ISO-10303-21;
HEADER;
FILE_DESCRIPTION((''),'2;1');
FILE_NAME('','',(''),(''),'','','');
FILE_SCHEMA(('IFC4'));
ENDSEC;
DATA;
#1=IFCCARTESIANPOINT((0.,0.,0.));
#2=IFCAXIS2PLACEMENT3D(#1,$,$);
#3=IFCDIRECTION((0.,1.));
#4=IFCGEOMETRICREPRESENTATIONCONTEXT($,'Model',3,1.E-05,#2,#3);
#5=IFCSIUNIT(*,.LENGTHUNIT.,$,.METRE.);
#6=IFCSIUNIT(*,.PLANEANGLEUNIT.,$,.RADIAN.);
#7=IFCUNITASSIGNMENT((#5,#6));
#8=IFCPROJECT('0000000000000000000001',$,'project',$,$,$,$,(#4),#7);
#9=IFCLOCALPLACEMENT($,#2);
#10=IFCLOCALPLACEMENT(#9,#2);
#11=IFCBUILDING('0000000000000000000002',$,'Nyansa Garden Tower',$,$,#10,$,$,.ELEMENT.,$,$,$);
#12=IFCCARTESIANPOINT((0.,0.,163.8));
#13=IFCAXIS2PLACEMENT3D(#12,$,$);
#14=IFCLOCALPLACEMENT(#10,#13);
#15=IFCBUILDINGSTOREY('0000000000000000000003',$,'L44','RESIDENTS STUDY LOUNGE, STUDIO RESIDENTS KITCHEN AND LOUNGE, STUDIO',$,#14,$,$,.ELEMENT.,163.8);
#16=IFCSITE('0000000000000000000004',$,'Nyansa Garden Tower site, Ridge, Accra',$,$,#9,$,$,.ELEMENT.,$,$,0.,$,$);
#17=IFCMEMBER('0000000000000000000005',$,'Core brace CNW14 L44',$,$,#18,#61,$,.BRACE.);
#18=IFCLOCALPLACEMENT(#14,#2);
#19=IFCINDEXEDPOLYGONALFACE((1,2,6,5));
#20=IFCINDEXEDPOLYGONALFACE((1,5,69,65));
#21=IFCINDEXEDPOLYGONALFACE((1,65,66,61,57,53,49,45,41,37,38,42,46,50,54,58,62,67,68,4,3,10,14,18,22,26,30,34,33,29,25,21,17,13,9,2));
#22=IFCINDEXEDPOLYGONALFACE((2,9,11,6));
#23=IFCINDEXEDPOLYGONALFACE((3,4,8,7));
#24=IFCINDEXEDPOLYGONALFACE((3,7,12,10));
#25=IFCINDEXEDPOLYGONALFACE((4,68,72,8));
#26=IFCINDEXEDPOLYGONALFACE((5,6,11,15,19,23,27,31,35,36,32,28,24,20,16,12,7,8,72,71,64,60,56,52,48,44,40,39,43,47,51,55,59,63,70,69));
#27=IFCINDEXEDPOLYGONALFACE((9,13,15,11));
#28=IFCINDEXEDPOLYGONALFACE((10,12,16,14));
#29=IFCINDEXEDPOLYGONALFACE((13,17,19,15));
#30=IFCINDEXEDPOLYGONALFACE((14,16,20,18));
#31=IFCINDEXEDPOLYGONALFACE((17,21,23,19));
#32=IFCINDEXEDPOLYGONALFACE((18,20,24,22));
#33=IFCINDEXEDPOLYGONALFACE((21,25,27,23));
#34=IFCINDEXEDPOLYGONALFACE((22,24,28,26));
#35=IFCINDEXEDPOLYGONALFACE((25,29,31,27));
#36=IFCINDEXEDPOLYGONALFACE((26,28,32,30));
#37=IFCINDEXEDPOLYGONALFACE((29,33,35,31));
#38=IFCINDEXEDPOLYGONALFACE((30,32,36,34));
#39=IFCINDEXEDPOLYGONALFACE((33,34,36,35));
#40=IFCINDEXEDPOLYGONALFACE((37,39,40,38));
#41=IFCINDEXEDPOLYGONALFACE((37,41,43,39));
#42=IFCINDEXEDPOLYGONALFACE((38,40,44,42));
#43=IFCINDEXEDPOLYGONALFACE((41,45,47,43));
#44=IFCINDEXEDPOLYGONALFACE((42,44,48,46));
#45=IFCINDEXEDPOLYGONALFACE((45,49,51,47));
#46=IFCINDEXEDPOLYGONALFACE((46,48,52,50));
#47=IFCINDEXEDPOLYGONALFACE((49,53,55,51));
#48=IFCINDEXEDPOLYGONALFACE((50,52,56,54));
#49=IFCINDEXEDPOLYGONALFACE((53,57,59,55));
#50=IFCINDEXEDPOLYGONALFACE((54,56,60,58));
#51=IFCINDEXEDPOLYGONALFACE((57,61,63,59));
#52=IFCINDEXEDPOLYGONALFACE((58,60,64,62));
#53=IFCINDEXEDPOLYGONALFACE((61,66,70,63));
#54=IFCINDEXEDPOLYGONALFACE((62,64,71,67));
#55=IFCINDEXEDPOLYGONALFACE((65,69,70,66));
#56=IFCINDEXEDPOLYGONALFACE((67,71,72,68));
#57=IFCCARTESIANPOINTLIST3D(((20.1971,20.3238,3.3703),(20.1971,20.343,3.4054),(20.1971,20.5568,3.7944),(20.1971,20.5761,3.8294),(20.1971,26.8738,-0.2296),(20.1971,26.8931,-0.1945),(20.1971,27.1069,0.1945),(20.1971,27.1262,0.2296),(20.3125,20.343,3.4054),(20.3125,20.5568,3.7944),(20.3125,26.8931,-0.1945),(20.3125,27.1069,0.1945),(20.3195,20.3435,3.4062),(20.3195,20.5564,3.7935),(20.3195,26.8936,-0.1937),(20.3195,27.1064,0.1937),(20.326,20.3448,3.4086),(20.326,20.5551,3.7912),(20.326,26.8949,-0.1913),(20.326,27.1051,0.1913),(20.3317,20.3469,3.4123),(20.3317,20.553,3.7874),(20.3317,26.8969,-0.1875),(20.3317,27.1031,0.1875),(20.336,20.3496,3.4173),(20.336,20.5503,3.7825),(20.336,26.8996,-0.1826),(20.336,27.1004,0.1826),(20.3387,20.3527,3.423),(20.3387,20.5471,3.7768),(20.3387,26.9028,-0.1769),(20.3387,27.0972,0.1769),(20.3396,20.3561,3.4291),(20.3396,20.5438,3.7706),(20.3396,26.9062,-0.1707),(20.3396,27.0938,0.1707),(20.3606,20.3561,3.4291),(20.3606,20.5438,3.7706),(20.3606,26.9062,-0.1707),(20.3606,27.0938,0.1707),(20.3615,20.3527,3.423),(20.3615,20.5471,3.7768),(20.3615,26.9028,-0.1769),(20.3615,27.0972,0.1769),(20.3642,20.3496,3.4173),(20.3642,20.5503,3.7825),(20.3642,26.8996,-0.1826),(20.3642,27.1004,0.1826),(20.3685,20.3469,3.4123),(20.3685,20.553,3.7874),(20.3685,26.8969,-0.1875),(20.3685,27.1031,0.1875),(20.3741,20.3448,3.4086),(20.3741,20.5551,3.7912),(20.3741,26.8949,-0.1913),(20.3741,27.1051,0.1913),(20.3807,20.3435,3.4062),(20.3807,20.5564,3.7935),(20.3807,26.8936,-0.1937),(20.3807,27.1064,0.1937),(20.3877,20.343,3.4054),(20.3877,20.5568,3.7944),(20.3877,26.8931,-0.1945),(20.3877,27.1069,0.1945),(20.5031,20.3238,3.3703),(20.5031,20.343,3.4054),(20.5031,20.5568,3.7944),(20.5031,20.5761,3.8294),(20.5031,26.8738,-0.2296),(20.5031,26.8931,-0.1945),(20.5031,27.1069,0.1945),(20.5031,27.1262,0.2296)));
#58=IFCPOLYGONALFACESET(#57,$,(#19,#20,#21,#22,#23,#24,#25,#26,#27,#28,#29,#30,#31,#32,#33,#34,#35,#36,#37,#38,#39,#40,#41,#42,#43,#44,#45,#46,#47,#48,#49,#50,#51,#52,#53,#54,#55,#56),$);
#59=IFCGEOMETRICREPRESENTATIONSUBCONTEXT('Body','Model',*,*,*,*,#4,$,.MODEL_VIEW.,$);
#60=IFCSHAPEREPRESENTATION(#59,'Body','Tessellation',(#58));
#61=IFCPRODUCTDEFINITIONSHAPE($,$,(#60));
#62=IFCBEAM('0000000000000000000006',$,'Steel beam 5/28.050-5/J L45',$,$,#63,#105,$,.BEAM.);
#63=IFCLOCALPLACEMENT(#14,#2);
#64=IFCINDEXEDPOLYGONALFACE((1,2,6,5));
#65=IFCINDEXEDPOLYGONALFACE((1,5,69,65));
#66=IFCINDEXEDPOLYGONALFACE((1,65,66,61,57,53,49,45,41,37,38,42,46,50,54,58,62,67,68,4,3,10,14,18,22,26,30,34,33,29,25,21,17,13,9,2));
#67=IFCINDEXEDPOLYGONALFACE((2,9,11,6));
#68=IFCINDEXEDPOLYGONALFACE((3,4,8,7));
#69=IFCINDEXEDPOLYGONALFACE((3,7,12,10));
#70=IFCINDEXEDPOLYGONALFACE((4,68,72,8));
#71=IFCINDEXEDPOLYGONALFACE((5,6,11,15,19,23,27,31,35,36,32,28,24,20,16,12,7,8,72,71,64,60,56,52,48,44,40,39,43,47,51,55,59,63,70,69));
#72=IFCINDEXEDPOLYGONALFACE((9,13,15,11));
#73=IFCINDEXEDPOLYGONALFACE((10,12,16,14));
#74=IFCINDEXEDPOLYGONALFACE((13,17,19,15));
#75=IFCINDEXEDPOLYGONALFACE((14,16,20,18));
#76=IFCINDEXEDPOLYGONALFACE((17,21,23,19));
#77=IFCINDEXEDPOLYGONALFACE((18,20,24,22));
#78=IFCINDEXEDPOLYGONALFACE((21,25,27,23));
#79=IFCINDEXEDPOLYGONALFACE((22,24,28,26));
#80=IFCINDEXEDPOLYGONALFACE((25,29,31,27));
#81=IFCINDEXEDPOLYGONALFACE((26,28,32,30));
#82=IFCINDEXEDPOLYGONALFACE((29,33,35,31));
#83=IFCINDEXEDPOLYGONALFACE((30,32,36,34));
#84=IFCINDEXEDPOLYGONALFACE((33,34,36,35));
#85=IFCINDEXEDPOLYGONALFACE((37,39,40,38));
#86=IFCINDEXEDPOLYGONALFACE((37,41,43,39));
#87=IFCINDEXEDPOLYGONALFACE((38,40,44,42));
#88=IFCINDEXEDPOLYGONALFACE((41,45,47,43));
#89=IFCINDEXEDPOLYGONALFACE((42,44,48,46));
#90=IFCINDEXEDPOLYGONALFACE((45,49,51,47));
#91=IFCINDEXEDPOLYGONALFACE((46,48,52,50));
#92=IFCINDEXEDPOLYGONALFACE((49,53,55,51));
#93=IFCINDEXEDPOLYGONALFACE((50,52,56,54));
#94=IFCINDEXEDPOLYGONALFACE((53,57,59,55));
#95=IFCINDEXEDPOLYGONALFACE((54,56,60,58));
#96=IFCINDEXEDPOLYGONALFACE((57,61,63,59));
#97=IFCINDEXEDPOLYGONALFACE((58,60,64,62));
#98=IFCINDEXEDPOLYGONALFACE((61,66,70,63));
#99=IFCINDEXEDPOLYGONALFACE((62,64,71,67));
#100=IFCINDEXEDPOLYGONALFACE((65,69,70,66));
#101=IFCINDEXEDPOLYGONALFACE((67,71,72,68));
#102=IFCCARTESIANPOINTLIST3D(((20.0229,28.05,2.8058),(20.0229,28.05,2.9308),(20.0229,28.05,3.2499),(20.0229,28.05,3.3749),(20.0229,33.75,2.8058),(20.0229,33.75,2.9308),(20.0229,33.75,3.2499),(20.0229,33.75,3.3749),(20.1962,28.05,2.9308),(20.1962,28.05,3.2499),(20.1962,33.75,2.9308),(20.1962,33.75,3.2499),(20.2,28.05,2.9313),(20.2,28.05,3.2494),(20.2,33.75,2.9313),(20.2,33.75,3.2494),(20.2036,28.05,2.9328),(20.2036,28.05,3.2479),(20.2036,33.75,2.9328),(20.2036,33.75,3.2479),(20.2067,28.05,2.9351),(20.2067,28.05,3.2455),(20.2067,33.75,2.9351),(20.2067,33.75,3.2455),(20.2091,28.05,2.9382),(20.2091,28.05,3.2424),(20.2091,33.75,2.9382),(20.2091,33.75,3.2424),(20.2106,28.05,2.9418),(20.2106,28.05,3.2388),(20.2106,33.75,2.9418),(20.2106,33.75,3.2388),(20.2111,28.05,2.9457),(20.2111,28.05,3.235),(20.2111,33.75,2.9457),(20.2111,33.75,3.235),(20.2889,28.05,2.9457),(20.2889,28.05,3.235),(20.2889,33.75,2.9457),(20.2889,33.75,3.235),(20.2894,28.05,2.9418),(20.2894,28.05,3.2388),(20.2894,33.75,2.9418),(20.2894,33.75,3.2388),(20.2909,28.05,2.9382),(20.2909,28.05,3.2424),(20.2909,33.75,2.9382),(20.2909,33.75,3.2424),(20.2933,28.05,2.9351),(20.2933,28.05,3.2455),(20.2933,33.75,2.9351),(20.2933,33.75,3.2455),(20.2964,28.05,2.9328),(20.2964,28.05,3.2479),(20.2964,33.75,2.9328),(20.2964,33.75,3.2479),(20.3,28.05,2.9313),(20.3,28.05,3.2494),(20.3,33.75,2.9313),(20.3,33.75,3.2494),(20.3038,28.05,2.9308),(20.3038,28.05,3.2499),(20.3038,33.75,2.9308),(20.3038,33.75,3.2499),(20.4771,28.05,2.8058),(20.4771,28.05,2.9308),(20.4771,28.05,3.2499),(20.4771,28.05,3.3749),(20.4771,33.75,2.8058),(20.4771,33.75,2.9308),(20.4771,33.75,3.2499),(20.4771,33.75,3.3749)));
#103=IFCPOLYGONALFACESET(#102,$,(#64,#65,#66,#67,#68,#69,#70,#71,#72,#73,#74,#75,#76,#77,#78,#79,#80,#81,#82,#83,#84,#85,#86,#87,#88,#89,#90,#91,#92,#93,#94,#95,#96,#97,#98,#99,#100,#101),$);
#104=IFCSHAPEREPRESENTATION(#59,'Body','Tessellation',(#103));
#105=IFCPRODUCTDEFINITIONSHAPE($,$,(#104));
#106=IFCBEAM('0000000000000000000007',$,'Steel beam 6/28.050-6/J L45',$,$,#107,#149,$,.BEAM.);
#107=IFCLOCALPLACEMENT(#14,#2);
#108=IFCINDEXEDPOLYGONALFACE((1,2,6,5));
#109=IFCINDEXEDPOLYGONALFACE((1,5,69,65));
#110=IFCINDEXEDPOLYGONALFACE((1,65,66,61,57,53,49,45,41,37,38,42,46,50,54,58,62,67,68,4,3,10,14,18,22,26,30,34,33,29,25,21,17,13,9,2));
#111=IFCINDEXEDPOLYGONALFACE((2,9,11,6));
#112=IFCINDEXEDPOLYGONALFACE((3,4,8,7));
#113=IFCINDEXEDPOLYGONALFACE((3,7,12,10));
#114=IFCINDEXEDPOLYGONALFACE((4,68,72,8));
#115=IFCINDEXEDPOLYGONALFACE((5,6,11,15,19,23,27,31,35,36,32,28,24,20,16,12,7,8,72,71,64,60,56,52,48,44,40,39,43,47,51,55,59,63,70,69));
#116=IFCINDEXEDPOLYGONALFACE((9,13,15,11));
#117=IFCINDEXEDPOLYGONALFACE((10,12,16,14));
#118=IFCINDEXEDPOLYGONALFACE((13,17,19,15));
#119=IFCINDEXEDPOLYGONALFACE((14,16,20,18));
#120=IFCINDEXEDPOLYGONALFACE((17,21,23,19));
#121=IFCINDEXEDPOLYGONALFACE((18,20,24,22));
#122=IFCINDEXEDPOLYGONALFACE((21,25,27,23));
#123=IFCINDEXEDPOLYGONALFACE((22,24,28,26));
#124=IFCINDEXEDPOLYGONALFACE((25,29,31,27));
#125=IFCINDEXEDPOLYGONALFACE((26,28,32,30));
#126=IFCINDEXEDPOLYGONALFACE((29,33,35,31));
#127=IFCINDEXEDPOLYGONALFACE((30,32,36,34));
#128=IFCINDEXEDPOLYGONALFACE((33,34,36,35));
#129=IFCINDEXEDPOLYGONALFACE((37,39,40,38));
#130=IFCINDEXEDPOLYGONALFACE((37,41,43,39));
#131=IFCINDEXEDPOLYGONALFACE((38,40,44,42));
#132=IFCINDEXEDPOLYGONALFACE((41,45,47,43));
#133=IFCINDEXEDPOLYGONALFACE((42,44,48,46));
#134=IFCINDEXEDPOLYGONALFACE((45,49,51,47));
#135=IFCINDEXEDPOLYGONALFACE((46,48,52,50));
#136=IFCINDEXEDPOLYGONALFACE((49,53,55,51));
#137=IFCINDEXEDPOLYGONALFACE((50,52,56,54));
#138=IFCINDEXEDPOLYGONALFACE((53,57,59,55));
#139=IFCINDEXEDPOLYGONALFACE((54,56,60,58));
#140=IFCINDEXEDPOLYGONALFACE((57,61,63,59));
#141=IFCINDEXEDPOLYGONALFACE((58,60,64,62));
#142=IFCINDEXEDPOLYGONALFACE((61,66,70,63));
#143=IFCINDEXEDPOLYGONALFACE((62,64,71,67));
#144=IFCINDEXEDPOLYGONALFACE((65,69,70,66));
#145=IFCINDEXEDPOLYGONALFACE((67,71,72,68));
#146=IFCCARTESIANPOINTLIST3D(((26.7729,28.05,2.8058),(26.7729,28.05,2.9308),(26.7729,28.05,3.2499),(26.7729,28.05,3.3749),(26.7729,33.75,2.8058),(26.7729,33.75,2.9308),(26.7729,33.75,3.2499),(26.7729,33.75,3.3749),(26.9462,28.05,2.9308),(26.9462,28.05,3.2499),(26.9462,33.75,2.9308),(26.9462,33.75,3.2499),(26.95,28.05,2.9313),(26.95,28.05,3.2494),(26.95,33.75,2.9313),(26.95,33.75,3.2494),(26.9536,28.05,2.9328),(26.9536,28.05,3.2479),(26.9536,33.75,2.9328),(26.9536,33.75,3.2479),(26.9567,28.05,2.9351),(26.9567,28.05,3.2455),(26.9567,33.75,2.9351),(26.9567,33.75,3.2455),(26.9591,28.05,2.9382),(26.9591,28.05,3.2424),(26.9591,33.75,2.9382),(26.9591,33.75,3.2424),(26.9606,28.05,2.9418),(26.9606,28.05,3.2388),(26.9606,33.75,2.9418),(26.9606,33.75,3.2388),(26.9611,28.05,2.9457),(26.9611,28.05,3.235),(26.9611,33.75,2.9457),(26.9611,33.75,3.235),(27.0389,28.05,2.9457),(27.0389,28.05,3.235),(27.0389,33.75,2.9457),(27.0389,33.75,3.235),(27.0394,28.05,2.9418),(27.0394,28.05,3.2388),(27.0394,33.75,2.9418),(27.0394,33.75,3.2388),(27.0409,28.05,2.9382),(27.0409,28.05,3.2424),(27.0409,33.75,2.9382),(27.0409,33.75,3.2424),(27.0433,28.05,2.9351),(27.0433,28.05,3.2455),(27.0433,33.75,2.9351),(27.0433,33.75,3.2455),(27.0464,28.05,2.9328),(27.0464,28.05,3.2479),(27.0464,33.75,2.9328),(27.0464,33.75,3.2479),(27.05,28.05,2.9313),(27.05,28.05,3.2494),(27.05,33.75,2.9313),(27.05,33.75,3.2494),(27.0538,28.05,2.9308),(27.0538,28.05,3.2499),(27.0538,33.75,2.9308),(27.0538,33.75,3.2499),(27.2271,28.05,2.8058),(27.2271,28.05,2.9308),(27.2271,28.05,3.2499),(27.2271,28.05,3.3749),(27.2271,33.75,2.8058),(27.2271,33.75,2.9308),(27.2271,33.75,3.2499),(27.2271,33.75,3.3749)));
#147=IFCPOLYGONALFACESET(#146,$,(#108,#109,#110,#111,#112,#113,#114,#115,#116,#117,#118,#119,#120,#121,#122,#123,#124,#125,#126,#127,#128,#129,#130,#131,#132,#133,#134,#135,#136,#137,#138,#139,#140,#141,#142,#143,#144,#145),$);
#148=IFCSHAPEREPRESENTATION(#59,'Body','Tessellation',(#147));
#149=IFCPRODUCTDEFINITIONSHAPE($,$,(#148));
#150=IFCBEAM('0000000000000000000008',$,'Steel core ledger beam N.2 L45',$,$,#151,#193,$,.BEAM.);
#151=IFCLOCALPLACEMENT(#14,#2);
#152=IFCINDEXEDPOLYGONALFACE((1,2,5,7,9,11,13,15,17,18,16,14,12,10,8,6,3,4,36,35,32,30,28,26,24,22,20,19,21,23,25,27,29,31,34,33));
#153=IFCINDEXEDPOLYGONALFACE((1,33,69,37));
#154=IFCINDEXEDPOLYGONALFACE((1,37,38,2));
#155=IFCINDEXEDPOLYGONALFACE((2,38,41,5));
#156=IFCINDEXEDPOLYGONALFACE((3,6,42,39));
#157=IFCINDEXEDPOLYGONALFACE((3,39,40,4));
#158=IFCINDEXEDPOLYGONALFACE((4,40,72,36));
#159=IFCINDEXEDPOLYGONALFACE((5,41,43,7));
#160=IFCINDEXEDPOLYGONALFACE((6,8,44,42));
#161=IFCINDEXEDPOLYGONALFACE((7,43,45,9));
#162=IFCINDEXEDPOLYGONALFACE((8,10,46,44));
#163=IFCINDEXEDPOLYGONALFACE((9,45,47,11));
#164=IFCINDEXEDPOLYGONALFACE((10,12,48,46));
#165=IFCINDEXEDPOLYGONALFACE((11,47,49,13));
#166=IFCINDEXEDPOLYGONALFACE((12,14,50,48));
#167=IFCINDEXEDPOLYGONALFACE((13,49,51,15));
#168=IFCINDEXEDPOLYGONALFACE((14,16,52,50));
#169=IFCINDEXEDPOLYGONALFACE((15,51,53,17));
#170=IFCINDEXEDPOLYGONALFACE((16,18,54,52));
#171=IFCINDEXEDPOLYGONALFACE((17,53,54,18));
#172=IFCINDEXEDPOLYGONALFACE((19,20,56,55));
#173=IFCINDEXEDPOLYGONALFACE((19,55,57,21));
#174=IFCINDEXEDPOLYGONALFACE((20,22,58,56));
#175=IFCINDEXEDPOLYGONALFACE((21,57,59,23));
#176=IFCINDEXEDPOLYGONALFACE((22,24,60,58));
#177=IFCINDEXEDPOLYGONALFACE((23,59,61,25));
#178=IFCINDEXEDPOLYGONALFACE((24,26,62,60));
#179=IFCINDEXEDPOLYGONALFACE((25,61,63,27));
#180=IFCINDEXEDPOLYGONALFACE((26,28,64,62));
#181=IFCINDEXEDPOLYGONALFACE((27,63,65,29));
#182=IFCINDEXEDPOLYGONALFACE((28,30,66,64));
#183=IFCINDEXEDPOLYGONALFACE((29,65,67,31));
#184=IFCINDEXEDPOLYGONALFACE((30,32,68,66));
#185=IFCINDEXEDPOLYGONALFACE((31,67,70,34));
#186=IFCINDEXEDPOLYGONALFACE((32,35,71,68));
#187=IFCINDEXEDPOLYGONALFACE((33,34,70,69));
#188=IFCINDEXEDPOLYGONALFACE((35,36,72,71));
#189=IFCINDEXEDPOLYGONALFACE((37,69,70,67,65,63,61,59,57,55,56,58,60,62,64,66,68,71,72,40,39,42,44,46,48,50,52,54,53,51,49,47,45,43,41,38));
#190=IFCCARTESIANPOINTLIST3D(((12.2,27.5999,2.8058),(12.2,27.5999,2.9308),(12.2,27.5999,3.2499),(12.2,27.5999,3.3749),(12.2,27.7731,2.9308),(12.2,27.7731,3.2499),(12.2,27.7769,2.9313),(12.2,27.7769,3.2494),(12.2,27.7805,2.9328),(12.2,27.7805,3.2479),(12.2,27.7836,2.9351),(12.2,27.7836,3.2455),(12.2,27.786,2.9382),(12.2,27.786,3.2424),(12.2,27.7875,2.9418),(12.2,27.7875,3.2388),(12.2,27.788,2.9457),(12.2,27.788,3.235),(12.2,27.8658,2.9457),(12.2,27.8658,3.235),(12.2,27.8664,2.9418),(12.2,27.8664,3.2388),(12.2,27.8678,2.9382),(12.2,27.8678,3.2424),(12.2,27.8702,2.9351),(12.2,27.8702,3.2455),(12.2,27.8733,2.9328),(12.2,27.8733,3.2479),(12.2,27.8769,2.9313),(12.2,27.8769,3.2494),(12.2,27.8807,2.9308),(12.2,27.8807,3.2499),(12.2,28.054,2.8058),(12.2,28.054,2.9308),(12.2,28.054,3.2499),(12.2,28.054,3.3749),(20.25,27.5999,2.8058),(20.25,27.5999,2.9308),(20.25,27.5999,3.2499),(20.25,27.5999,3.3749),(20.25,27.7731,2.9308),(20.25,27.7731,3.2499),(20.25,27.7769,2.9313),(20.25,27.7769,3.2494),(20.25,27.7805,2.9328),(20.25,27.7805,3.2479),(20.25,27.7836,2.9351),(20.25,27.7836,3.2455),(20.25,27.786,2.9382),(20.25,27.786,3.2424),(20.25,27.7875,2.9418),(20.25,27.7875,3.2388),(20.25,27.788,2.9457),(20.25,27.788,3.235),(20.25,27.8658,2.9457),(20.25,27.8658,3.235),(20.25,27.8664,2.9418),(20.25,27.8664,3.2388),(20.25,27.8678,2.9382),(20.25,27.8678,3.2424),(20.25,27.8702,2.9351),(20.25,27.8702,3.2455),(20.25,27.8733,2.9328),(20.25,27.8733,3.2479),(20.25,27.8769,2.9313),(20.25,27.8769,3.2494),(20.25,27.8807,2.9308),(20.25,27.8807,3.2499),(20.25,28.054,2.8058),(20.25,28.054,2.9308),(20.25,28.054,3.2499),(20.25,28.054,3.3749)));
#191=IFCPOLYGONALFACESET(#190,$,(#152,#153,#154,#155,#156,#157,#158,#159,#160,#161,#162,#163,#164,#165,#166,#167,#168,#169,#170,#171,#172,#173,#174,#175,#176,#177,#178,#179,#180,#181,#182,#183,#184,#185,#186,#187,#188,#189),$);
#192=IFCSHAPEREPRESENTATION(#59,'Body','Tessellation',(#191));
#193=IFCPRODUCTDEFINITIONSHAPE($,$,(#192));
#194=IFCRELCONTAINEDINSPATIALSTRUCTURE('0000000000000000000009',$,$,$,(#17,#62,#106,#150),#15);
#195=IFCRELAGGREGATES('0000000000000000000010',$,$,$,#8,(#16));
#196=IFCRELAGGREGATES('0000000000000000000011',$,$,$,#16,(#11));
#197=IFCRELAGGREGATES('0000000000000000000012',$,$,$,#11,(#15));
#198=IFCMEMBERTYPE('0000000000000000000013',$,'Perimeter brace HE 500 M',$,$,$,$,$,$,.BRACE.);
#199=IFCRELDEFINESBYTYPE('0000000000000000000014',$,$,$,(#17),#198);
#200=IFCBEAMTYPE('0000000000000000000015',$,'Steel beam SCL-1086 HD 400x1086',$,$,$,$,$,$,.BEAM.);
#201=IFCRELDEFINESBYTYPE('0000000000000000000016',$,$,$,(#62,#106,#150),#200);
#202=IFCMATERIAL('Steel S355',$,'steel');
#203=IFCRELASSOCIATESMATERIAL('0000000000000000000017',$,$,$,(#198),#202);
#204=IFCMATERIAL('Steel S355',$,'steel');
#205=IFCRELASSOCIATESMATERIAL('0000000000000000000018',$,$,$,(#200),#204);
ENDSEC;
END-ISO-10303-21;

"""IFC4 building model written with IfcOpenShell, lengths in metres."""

from ifc_helpers import new_model, si_unit, direction, frame, origin, origin_2d, place, context, subcontext, project, spatial, i_section, extrude, material, material_profile, profile_set, type_object, element, save


model = new_model("IFC4")

# Units and contexts
model_context = context("Model", 3, precision=1e-05, world=origin(), true_north=direction((0.0, 1.0)))
body_context = subcontext(model_context, "Body", "Model", "MODEL_VIEW")
ifc_project = project(units=[si_unit("LENGTHUNIT", "METRE"), si_unit("PLANEANGLEUNIT", "RADIAN")], contexts=[model_context])

# Site, building, storey
site_placement = place(None, origin())
site = spatial("IfcSite", under=ifc_project, at=site_placement, Name="Nyansa Garden Tower site, Ridge, Accra", CompositionType="ELEMENT", RefElevation=0.0)
building_placement = place(site_placement, origin())
building = spatial("IfcBuilding", under=site, at=building_placement, Name="Nyansa Garden Tower", CompositionType="ELEMENT")
storey_placement = place(building_placement, frame((0.0, 0.0, 163.8)))
storey = spatial("IfcBuildingStorey", under=building, at=storey_placement, Name="L44", Description="RESIDENTS STUDY LOUNGE, STUDIO RESIDENTS KITCHEN AND LOUNGE, STUDIO", CompositionType="ELEMENT", Elevation=163.8)

# Member
ifc_material_1 = material(Name="Steel S355", Category="steel")
ifc_material_profile_1 = material_profile(ifc_material_1, i_section(OverallWidth=0.3059, OverallDepth=0.5239, WebThickness=0.021, FlangeThickness=0.04, FilletRadius=0.0271, at=origin_2d()), Name="HE 500 M")
ifc_profile_set_1 = profile_set([ifc_material_profile_1], Name="Steel S355")
member_type_1 = type_object("IfcMemberType", Name="Perimeter brace HE 500 M", PredefinedType="BRACE", material=ifc_profile_set_1)
for number, where, z_axis, x_axis, name in (
    (1, (20.3501, 27.0, 0.0), (0.0, -0.876367, 0.481644), (1.0, 0.0, 0.0), "Core brace CNW14 L44"),
):
    element("IfcMember", number, at=place(storey_placement, frame(where, z_axis=z_axis, x_axis=x_axis)), inside=storey, type_object=member_type_1, Name=name, PredefinedType="BRACE", context=body_context, shape_type="SweptSolid", body=[
        extrude(i_section(OverallWidth=0.3059, OverallDepth=0.5239, WebThickness=0.021, FlangeThickness=0.04, FilletRadius=0.0271, at=origin_2d()), origin(), (0.0, 0.0, 1.0), 7.4741),
    ])

# Beams
ifc_material_2 = material(Name="Steel S355", Category="steel")
ifc_material_profile_2 = material_profile(ifc_material_2, i_section(OverallWidth=0.4541, OverallDepth=0.5691, WebThickness=0.0779, FlangeThickness=0.125, FilletRadius=0.0149, at=origin_2d()), Name="HD 400x1086")
ifc_profile_set_2 = profile_set([ifc_material_profile_2], Name="Steel S355")
beam_type_1 = type_object("IfcBeamType", Name="Steel beam SCL-1086 HD 400x1086", PredefinedType="BEAM", material=ifc_profile_set_2)
for number, where, z_axis, x_axis, name in (
    (2, (20.25, 28.05, 3.0903), (0.0, 1.0, 0.0), (-1.0, 0.0, 0.0), "Steel beam 5/28.050-5/J L45"),
    (3, (27.0, 28.05, 3.0903), (0.0, 1.0, 0.0), (-1.0, 0.0, 0.0), "Steel beam 6/28.050-6/J L45"),
):
    element("IfcBeam", number, at=place(storey_placement, frame(where, z_axis=z_axis, x_axis=x_axis)), inside=storey, type_object=beam_type_1, Name=name, PredefinedType="BEAM", context=body_context, shape_type="SweptSolid", body=[
        extrude(i_section(OverallWidth=0.4541, OverallDepth=0.5691, WebThickness=0.0779, FlangeThickness=0.125, FilletRadius=0.0149, at=origin_2d()), origin(), (0.0, 0.0, 1.0), 5.7),
    ])
beam_1_placement = place(storey_placement, frame((20.25, 27.8269, 3.0903), z_axis=(-1.0, 0.0, 0.0), x_axis=(0.0, -1.0, 0.0)))
element("IfcBeam", 4, at=beam_1_placement, inside=storey, type_object=beam_type_1, Name="Steel core ledger beam N.2 L45", PredefinedType="BEAM", context=body_context, shape_type="SweptSolid", body=[
    extrude(i_section(OverallWidth=0.4541, OverallDepth=0.5691, WebThickness=0.0779, FlangeThickness=0.125, FilletRadius=0.0149, at=origin_2d()), origin(), (0.0, 0.0, 1.0), 8.05),
])

save(model, "model.ifc")
